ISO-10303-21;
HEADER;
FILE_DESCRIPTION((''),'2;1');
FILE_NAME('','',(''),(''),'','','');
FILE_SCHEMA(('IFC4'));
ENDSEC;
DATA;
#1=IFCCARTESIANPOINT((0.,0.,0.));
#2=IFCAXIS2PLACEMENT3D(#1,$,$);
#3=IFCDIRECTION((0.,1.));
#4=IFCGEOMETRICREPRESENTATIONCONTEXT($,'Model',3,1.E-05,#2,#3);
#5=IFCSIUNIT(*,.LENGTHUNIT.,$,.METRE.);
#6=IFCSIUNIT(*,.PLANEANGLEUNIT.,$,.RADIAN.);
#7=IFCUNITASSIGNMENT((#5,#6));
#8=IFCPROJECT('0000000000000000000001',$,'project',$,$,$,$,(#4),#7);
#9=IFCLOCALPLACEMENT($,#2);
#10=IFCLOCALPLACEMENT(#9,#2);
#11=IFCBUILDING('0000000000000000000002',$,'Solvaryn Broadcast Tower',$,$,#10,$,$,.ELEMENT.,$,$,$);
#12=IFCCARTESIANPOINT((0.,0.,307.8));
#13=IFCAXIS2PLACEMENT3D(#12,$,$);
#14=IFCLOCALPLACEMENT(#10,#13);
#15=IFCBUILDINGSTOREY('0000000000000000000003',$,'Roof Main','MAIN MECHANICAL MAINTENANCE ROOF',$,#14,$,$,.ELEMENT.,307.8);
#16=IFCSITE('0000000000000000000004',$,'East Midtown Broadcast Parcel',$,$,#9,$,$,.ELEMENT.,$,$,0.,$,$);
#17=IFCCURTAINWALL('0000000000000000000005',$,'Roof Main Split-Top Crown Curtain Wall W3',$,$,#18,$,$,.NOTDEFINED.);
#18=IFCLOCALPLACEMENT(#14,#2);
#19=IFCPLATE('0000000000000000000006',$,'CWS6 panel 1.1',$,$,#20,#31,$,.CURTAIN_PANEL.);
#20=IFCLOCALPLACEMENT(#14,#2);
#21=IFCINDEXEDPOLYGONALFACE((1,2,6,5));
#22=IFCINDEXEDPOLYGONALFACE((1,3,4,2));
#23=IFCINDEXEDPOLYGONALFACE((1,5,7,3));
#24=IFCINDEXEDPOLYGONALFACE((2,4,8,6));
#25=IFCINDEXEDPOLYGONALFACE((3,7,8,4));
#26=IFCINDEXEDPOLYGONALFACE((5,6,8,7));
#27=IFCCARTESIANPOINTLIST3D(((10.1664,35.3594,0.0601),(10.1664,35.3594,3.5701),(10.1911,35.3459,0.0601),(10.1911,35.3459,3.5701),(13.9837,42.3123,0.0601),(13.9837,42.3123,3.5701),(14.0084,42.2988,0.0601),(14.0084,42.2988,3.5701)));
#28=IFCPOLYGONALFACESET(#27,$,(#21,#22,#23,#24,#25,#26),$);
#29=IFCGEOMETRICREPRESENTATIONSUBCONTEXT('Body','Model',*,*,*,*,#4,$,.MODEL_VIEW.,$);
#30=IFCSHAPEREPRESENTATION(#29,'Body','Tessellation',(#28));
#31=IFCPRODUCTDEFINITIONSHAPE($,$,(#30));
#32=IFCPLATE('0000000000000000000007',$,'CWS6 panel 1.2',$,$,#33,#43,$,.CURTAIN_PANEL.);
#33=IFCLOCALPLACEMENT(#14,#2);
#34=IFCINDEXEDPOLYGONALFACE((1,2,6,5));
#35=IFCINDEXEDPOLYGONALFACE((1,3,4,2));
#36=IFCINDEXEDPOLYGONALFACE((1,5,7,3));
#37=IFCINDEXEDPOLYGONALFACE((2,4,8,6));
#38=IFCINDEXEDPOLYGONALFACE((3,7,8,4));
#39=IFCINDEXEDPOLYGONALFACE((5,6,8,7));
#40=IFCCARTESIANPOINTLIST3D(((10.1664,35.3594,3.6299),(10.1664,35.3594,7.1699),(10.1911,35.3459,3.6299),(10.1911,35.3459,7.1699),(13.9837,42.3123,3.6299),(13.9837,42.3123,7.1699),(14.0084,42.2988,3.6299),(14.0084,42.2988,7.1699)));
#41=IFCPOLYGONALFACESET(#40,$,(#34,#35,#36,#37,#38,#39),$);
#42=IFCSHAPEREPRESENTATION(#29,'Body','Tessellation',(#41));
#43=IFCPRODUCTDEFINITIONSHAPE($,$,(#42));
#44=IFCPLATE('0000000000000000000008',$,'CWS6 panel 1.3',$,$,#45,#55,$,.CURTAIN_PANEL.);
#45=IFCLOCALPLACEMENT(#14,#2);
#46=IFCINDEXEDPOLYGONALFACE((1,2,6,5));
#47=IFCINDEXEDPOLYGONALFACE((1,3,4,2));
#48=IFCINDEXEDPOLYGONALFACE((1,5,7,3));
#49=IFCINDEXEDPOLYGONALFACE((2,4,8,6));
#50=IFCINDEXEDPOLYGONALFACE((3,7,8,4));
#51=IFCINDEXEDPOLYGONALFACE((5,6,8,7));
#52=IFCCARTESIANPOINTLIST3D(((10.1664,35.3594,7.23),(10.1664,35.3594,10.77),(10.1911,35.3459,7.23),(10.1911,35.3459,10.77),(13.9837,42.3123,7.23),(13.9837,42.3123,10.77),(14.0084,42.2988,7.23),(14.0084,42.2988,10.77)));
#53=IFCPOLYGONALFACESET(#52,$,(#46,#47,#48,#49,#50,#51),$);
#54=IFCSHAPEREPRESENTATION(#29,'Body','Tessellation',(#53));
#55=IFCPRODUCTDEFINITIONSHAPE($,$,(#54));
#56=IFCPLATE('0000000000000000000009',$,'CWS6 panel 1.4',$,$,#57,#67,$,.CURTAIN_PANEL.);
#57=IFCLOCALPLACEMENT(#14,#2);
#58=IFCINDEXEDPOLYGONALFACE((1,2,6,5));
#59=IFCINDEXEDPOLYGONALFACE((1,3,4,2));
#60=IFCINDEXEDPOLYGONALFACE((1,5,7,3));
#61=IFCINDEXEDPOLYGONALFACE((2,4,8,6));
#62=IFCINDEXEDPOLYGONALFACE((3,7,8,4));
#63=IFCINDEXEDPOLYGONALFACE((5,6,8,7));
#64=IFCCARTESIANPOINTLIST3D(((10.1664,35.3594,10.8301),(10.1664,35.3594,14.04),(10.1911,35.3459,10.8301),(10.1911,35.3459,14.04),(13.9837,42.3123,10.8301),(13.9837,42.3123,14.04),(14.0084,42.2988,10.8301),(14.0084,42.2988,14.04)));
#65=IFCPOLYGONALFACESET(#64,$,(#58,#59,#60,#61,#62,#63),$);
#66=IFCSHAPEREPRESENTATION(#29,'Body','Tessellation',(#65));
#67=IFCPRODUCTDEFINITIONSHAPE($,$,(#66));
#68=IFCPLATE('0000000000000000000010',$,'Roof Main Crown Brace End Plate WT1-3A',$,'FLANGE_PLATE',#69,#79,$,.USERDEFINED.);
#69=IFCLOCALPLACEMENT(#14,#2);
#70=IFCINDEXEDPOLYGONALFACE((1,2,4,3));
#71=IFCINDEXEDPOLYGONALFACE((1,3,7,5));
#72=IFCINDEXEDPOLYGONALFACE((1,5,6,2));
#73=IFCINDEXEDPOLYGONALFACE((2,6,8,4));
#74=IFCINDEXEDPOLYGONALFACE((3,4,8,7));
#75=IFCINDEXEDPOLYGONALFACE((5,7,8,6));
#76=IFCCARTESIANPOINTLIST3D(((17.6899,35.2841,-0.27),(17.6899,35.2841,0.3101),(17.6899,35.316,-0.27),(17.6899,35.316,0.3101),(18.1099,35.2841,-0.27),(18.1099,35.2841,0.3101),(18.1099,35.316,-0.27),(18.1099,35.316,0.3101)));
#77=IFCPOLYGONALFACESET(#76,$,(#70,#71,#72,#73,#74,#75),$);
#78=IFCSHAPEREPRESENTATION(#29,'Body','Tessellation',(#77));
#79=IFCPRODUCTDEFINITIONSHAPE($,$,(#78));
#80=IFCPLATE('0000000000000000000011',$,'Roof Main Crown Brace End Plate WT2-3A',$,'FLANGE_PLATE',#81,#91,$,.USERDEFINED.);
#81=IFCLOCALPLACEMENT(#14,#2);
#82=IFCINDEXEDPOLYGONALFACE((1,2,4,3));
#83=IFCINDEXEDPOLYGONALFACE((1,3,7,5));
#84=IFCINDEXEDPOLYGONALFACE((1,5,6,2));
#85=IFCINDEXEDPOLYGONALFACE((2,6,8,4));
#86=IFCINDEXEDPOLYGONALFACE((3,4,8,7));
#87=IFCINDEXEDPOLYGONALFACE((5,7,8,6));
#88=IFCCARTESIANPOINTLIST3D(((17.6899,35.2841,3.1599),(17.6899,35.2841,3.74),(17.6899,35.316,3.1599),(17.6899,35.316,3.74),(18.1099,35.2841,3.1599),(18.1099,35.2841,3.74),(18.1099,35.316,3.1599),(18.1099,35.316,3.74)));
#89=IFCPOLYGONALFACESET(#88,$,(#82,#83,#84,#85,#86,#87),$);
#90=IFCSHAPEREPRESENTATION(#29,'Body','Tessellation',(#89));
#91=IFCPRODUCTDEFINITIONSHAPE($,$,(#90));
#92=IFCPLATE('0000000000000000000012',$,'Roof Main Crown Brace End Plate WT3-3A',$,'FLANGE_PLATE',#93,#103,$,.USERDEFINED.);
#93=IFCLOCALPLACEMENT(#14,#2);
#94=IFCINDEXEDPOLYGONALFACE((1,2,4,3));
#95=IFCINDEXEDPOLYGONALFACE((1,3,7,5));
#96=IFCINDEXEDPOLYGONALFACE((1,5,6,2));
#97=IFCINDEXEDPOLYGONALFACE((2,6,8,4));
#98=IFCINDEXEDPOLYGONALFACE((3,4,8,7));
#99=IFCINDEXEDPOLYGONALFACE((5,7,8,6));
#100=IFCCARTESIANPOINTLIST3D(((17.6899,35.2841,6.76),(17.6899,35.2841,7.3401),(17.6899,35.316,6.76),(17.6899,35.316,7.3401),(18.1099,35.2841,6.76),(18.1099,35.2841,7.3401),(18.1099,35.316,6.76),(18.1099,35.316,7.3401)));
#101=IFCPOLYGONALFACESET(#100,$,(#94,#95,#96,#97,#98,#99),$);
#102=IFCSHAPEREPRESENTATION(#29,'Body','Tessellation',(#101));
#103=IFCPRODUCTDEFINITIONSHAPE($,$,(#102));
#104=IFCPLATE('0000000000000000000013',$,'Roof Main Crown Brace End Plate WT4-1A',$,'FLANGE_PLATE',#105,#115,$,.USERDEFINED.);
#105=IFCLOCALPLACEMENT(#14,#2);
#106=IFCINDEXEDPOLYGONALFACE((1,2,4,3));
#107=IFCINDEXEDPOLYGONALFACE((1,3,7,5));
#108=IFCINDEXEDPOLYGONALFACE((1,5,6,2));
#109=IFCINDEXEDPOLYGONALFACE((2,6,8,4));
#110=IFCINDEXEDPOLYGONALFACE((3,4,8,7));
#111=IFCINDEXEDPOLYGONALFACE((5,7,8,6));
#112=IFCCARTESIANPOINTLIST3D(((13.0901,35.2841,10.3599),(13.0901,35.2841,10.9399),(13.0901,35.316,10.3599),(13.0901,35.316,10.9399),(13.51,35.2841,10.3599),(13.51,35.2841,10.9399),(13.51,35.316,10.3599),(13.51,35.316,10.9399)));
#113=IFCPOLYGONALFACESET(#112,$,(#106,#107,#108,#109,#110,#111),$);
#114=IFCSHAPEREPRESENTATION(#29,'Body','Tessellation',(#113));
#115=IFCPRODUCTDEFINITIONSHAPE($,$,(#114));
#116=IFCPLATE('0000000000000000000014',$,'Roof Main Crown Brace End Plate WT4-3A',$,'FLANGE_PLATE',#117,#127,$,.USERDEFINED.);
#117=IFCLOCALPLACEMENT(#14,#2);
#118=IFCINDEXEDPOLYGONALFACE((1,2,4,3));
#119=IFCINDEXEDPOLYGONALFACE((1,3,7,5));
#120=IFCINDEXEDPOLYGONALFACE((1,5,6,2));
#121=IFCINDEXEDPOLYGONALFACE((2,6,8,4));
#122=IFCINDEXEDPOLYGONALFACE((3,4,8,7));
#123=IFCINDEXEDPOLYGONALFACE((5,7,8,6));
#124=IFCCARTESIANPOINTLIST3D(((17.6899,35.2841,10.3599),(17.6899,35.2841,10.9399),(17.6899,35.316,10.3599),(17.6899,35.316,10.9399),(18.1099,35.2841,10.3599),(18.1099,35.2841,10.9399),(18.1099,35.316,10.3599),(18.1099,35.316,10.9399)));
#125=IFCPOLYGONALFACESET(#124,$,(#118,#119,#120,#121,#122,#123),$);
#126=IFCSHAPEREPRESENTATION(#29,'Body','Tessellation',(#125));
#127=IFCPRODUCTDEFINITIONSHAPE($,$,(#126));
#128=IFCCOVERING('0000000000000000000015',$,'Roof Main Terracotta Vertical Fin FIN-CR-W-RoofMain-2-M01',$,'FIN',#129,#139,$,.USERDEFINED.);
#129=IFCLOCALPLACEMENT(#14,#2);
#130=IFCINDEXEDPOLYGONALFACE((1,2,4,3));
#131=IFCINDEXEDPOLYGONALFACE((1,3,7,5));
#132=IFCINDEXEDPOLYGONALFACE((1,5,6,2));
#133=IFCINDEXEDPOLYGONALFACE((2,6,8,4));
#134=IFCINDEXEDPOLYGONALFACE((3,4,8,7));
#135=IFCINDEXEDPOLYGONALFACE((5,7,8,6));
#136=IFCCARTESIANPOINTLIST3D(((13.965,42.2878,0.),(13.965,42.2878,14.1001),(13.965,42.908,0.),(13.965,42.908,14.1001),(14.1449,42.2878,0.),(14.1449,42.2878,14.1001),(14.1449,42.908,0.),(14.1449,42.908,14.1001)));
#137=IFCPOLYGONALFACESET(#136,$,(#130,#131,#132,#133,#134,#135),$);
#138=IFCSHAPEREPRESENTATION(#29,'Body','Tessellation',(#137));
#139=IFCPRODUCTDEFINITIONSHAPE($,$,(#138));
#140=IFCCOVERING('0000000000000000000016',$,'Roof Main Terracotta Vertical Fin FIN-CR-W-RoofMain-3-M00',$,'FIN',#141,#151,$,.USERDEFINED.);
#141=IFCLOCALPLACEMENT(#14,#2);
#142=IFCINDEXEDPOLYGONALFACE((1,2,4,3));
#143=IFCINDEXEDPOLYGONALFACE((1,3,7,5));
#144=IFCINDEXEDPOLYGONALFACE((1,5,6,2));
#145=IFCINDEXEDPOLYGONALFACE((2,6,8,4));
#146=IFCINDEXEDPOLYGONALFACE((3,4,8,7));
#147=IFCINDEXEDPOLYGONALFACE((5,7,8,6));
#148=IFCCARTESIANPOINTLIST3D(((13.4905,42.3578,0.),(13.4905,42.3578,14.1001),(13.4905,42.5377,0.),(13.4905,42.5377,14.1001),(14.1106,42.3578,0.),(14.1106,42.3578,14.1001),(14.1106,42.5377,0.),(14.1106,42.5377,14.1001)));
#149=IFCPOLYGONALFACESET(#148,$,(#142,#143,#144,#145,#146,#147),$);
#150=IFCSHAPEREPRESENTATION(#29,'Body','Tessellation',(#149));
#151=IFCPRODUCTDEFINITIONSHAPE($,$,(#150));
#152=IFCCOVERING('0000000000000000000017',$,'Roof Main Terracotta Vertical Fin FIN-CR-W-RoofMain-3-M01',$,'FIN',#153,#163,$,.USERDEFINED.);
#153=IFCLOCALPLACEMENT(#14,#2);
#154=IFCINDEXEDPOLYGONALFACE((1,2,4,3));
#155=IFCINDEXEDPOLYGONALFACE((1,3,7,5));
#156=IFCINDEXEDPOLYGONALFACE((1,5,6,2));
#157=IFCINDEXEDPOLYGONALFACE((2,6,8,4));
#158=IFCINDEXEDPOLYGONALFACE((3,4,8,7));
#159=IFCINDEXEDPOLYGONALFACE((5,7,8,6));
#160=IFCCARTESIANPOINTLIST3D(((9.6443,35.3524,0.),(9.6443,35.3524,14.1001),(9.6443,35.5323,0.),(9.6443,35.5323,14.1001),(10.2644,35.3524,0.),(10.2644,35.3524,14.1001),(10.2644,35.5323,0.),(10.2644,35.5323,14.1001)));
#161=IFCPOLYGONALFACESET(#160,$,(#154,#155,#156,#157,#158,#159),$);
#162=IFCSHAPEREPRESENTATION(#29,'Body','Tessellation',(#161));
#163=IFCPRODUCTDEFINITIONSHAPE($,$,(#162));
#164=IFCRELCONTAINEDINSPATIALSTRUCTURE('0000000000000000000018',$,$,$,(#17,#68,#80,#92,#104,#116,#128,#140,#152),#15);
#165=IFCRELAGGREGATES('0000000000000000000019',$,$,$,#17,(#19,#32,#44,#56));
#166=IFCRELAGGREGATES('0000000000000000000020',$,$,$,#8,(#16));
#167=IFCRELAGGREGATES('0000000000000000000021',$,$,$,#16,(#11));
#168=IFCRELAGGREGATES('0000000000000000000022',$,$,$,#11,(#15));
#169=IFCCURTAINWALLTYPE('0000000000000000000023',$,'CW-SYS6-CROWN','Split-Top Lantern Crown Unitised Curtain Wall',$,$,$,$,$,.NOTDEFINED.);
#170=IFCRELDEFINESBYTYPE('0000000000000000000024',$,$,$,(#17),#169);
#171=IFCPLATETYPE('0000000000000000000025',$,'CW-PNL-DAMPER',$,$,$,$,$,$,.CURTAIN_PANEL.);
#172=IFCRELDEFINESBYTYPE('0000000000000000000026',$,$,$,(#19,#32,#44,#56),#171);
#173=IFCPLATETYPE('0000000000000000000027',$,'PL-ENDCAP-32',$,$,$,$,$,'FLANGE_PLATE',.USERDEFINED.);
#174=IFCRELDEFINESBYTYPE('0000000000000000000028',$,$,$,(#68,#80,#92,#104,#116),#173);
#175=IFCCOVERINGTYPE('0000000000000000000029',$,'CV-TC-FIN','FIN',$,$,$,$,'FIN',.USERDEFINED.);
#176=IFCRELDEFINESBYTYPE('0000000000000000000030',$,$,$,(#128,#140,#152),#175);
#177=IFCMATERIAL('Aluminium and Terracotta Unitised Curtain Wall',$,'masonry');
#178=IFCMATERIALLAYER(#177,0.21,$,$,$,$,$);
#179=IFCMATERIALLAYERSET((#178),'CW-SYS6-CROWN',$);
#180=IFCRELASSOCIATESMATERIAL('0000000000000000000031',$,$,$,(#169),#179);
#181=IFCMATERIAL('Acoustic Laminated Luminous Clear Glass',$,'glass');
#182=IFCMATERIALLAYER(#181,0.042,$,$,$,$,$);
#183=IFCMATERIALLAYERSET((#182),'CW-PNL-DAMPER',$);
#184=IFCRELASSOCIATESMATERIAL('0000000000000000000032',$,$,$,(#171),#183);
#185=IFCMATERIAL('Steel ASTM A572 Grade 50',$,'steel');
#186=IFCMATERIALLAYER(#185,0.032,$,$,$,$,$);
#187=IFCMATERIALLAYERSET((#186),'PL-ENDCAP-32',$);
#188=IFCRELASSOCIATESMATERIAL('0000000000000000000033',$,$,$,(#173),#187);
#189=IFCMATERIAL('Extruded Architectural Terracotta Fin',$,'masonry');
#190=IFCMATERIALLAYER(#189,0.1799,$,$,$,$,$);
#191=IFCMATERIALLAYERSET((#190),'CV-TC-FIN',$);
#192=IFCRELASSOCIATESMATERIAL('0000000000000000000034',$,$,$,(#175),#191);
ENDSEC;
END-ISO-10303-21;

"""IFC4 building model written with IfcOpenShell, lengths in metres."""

from ifc_helpers import new_model, si_unit, direction, frame, origin, origin_2d, place, context, subcontext, project, spatial, rectangle, extrude, material, layer, layer_set, type_object, element, aggregate, save


model = new_model("IFC4")

# Units and contexts
model_context = context("Model", 3, precision=1e-05, world=origin(), true_north=direction((0.0, 1.0)))
body_context = subcontext(model_context, "Body", "Model", "MODEL_VIEW")
ifc_project = project(units=[si_unit("LENGTHUNIT", "METRE"), si_unit("PLANEANGLEUNIT", "RADIAN")], contexts=[model_context])

# Site, building, storey
site_placement = place(None, origin())
site = spatial("IfcSite", under=ifc_project, at=site_placement, Name="East Midtown Broadcast Parcel", CompositionType="ELEMENT", RefElevation=0.0)
building_placement = place(site_placement, origin())
building = spatial("IfcBuilding", under=site, at=building_placement, Name="Solvaryn Broadcast Tower", CompositionType="ELEMENT")
storey_placement = place(building_placement, frame((0.0, 0.0, 307.8)))
storey = spatial("IfcBuildingStorey", under=building, at=storey_placement, Name="Roof Main", Description="MAIN MECHANICAL MAINTENANCE ROOF", CompositionType="ELEMENT", Elevation=307.8)

# Shared definitions
ifc_material_1 = material(Name="Aluminium and Terracotta Unitised Curtain Wall", Category="masonry")
ifc_layer_1 = layer(ifc_material_1, 0.21)
ifc_layer_set_1 = layer_set([ifc_layer_1], Name="CW-SYS6-CROWN")
curtain_wall_type = type_object("IfcCurtainWallType", Name="CW-SYS6-CROWN", Description="Split-Top Lantern Crown Unitised Curtain Wall", PredefinedType="NOTDEFINED", material=ifc_layer_set_1)

# Curtain wall
curtain_wall_1_placement = place(storey_placement, origin())
curtain_wall_1 = element("IfcCurtainWall", 1, at=curtain_wall_1_placement, inside=storey, type_object=curtain_wall_type, Name="Roof Main Split-Top Crown Curtain Wall W3", PredefinedType="NOTDEFINED")

# Plates
ifc_material_2 = material(Name="Acoustic Laminated Luminous Clear Glass", Category="glass")
ifc_layer_2 = layer(ifc_material_2, 0.042)
ifc_layer_set_2 = layer_set([ifc_layer_2], Name="CW-PNL-DAMPER")
plate_type_1 = type_object("IfcPlateType", Name="CW-PNL-DAMPER", PredefinedType="CURTAIN_PANEL", material=ifc_layer_set_2)
plate_1_placement = place(storey_placement, frame((12.0874, 38.8291, 0.0601), z_axis=(0.0, 0.0, 1.0), x_axis=(-0.481261, -0.876578, 0.0)))
plate_1 = element("IfcPlate", 2, at=plate_1_placement, type_object=plate_type_1, Name="CWS6 panel 1.1", PredefinedType="CURTAIN_PANEL", context=body_context, shape_type="SweptSolid", body=[
    extrude(rectangle(XDim=7.9319, YDim=0.0281, at=origin_2d()), origin(), (0.0, 0.0, 1.0), 3.51),
])
plate_2_placement = place(storey_placement, frame((12.0874, 38.8291, 3.6299), z_axis=(0.0, 0.0, 1.0), x_axis=(-0.481261, -0.876578, 0.0)))
plate_2 = element("IfcPlate", 3, at=plate_2_placement, type_object=plate_type_1, Name="CWS6 panel 1.2", PredefinedType="CURTAIN_PANEL", context=body_context, shape_type="SweptSolid", body=[
    extrude(rectangle(XDim=7.9319, YDim=0.0281, at=origin_2d()), origin(), (0.0, 0.0, 1.0), 3.54),
])
plate_3_placement = place(storey_placement, frame((12.0874, 38.8291, 7.23), z_axis=(0.0, 0.0, 1.0), x_axis=(-0.481261, -0.876578, 0.0)))
plate_3 = element("IfcPlate", 4, at=plate_3_placement, type_object=plate_type_1, Name="CWS6 panel 1.3", PredefinedType="CURTAIN_PANEL", context=body_context, shape_type="SweptSolid", body=[
    extrude(rectangle(XDim=7.9319, YDim=0.0281, at=origin_2d()), origin(), (0.0, 0.0, 1.0), 3.54),
])
plate_4_placement = place(storey_placement, frame((12.0874, 38.8291, 10.8301), z_axis=(0.0, 0.0, 1.0), x_axis=(-0.481261, -0.876578, 0.0)))
plate_4 = element("IfcPlate", 5, at=plate_4_placement, type_object=plate_type_1, Name="CWS6 panel 1.4", PredefinedType="CURTAIN_PANEL", context=body_context, shape_type="SweptSolid", body=[
    extrude(rectangle(XDim=7.9319, YDim=0.0281, at=origin_2d()), origin(), (0.0, 0.0, 1.0), 3.21),
])
aggregate(curtain_wall_1, [plate_1, plate_2, plate_3, plate_4])

# Plates
ifc_material_3 = material(Name="Steel ASTM A572 Grade 50", Category="steel")
ifc_layer_3 = layer(ifc_material_3, 0.032)
ifc_layer_set_3 = layer_set([ifc_layer_3], Name="PL-ENDCAP-32")
plate_type_2 = type_object("IfcPlateType", Name="PL-ENDCAP-32", ElementType="FLANGE_PLATE", PredefinedType="USERDEFINED", material=ifc_layer_set_3)
for number, where, z_axis, x_axis, name in (
    (6, (17.8999, 35.3, -0.27), (0.0, 0.0, 1.0), (1.0, 0.0, 0.0), "Roof Main Crown Brace End Plate WT1-3A"),
    (7, (17.8999, 35.3, 3.1599), (0.0, 0.0, 1.0), (1.0, 0.0, 0.0), "Roof Main Crown Brace End Plate WT2-3A"),
    (8, (17.8999, 35.3, 6.76), (0.0, 0.0, 1.0), (1.0, 0.0, 0.0), "Roof Main Crown Brace End Plate WT3-3A"),
    (9, (13.3, 35.3, 10.3599), (0.0, 0.0, 1.0), (1.0, 0.0, 0.0), "Roof Main Crown Brace End Plate WT4-1A"),
    (10, (17.8999, 35.3, 10.3599), (0.0, 0.0, 1.0), (1.0, 0.0, 0.0), "Roof Main Crown Brace End Plate WT4-3A"),
):
    element("IfcPlate", number, at=place(storey_placement, frame(where, z_axis=z_axis, x_axis=x_axis)), inside=storey, type_object=plate_type_2, Name=name, ObjectType="FLANGE_PLATE", PredefinedType="USERDEFINED", context=body_context, shape_type="SweptSolid", body=[
        extrude(rectangle(XDim=0.4199, YDim=0.032, at=origin_2d()), origin(), (0.0, 0.0, 1.0), 0.5801),
    ])

# Coverings
ifc_material_4 = material(Name="Extruded Architectural Terracotta Fin", Category="masonry")
ifc_layer_4 = layer(ifc_material_4, 0.1799)
ifc_layer_set_4 = layer_set([ifc_layer_4], Name="CV-TC-FIN")
covering_type = type_object("IfcCoveringType", Name="CV-TC-FIN", Description="FIN", ElementType="FIN", PredefinedType="USERDEFINED", material=ifc_layer_set_4)
covering_placement = place(storey_placement, frame((14.0549, 42.5979, 0.0), z_axis=(0.0, 0.0, 1.0), x_axis=(1.0, 0.0, 0.0)))
element("IfcCovering", 11, at=covering_placement, inside=storey, type_object=covering_type, Name="Roof Main Terracotta Vertical Fin FIN-CR-W-RoofMain-2-M01", ObjectType="FIN", PredefinedType="USERDEFINED", context=body_context, shape_type="SweptSolid", body=[
    extrude(rectangle(XDim=0.1799, YDim=0.6201, at=origin_2d()), origin(), (0.0, 0.0, 1.0), 14.1001),
])
for number, where, z_axis, x_axis, name in (
    (12, (13.8005, 42.4478, 0.0), (0.0, 0.0, 1.0), (1.0, 0.0, 0.0), "Roof Main Terracotta Vertical Fin FIN-CR-W-RoofMain-3-M00"),
    (13, (9.9543, 35.4424, 0.0), (0.0, 0.0, 1.0), (1.0, 0.0, 0.0), "Roof Main Terracotta Vertical Fin FIN-CR-W-RoofMain-3-M01"),
):
    element("IfcCovering", number, at=place(storey_placement, frame(where, z_axis=z_axis, x_axis=x_axis)), inside=storey, type_object=covering_type, Name=name, ObjectType="FIN", PredefinedType="USERDEFINED", context=body_context, shape_type="SweptSolid", body=[
        extrude(rectangle(XDim=0.6201, YDim=0.1799, at=origin_2d()), origin(), (0.0, 0.0, 1.0), 14.1001),
    ])

save(model, "model.ifc")
